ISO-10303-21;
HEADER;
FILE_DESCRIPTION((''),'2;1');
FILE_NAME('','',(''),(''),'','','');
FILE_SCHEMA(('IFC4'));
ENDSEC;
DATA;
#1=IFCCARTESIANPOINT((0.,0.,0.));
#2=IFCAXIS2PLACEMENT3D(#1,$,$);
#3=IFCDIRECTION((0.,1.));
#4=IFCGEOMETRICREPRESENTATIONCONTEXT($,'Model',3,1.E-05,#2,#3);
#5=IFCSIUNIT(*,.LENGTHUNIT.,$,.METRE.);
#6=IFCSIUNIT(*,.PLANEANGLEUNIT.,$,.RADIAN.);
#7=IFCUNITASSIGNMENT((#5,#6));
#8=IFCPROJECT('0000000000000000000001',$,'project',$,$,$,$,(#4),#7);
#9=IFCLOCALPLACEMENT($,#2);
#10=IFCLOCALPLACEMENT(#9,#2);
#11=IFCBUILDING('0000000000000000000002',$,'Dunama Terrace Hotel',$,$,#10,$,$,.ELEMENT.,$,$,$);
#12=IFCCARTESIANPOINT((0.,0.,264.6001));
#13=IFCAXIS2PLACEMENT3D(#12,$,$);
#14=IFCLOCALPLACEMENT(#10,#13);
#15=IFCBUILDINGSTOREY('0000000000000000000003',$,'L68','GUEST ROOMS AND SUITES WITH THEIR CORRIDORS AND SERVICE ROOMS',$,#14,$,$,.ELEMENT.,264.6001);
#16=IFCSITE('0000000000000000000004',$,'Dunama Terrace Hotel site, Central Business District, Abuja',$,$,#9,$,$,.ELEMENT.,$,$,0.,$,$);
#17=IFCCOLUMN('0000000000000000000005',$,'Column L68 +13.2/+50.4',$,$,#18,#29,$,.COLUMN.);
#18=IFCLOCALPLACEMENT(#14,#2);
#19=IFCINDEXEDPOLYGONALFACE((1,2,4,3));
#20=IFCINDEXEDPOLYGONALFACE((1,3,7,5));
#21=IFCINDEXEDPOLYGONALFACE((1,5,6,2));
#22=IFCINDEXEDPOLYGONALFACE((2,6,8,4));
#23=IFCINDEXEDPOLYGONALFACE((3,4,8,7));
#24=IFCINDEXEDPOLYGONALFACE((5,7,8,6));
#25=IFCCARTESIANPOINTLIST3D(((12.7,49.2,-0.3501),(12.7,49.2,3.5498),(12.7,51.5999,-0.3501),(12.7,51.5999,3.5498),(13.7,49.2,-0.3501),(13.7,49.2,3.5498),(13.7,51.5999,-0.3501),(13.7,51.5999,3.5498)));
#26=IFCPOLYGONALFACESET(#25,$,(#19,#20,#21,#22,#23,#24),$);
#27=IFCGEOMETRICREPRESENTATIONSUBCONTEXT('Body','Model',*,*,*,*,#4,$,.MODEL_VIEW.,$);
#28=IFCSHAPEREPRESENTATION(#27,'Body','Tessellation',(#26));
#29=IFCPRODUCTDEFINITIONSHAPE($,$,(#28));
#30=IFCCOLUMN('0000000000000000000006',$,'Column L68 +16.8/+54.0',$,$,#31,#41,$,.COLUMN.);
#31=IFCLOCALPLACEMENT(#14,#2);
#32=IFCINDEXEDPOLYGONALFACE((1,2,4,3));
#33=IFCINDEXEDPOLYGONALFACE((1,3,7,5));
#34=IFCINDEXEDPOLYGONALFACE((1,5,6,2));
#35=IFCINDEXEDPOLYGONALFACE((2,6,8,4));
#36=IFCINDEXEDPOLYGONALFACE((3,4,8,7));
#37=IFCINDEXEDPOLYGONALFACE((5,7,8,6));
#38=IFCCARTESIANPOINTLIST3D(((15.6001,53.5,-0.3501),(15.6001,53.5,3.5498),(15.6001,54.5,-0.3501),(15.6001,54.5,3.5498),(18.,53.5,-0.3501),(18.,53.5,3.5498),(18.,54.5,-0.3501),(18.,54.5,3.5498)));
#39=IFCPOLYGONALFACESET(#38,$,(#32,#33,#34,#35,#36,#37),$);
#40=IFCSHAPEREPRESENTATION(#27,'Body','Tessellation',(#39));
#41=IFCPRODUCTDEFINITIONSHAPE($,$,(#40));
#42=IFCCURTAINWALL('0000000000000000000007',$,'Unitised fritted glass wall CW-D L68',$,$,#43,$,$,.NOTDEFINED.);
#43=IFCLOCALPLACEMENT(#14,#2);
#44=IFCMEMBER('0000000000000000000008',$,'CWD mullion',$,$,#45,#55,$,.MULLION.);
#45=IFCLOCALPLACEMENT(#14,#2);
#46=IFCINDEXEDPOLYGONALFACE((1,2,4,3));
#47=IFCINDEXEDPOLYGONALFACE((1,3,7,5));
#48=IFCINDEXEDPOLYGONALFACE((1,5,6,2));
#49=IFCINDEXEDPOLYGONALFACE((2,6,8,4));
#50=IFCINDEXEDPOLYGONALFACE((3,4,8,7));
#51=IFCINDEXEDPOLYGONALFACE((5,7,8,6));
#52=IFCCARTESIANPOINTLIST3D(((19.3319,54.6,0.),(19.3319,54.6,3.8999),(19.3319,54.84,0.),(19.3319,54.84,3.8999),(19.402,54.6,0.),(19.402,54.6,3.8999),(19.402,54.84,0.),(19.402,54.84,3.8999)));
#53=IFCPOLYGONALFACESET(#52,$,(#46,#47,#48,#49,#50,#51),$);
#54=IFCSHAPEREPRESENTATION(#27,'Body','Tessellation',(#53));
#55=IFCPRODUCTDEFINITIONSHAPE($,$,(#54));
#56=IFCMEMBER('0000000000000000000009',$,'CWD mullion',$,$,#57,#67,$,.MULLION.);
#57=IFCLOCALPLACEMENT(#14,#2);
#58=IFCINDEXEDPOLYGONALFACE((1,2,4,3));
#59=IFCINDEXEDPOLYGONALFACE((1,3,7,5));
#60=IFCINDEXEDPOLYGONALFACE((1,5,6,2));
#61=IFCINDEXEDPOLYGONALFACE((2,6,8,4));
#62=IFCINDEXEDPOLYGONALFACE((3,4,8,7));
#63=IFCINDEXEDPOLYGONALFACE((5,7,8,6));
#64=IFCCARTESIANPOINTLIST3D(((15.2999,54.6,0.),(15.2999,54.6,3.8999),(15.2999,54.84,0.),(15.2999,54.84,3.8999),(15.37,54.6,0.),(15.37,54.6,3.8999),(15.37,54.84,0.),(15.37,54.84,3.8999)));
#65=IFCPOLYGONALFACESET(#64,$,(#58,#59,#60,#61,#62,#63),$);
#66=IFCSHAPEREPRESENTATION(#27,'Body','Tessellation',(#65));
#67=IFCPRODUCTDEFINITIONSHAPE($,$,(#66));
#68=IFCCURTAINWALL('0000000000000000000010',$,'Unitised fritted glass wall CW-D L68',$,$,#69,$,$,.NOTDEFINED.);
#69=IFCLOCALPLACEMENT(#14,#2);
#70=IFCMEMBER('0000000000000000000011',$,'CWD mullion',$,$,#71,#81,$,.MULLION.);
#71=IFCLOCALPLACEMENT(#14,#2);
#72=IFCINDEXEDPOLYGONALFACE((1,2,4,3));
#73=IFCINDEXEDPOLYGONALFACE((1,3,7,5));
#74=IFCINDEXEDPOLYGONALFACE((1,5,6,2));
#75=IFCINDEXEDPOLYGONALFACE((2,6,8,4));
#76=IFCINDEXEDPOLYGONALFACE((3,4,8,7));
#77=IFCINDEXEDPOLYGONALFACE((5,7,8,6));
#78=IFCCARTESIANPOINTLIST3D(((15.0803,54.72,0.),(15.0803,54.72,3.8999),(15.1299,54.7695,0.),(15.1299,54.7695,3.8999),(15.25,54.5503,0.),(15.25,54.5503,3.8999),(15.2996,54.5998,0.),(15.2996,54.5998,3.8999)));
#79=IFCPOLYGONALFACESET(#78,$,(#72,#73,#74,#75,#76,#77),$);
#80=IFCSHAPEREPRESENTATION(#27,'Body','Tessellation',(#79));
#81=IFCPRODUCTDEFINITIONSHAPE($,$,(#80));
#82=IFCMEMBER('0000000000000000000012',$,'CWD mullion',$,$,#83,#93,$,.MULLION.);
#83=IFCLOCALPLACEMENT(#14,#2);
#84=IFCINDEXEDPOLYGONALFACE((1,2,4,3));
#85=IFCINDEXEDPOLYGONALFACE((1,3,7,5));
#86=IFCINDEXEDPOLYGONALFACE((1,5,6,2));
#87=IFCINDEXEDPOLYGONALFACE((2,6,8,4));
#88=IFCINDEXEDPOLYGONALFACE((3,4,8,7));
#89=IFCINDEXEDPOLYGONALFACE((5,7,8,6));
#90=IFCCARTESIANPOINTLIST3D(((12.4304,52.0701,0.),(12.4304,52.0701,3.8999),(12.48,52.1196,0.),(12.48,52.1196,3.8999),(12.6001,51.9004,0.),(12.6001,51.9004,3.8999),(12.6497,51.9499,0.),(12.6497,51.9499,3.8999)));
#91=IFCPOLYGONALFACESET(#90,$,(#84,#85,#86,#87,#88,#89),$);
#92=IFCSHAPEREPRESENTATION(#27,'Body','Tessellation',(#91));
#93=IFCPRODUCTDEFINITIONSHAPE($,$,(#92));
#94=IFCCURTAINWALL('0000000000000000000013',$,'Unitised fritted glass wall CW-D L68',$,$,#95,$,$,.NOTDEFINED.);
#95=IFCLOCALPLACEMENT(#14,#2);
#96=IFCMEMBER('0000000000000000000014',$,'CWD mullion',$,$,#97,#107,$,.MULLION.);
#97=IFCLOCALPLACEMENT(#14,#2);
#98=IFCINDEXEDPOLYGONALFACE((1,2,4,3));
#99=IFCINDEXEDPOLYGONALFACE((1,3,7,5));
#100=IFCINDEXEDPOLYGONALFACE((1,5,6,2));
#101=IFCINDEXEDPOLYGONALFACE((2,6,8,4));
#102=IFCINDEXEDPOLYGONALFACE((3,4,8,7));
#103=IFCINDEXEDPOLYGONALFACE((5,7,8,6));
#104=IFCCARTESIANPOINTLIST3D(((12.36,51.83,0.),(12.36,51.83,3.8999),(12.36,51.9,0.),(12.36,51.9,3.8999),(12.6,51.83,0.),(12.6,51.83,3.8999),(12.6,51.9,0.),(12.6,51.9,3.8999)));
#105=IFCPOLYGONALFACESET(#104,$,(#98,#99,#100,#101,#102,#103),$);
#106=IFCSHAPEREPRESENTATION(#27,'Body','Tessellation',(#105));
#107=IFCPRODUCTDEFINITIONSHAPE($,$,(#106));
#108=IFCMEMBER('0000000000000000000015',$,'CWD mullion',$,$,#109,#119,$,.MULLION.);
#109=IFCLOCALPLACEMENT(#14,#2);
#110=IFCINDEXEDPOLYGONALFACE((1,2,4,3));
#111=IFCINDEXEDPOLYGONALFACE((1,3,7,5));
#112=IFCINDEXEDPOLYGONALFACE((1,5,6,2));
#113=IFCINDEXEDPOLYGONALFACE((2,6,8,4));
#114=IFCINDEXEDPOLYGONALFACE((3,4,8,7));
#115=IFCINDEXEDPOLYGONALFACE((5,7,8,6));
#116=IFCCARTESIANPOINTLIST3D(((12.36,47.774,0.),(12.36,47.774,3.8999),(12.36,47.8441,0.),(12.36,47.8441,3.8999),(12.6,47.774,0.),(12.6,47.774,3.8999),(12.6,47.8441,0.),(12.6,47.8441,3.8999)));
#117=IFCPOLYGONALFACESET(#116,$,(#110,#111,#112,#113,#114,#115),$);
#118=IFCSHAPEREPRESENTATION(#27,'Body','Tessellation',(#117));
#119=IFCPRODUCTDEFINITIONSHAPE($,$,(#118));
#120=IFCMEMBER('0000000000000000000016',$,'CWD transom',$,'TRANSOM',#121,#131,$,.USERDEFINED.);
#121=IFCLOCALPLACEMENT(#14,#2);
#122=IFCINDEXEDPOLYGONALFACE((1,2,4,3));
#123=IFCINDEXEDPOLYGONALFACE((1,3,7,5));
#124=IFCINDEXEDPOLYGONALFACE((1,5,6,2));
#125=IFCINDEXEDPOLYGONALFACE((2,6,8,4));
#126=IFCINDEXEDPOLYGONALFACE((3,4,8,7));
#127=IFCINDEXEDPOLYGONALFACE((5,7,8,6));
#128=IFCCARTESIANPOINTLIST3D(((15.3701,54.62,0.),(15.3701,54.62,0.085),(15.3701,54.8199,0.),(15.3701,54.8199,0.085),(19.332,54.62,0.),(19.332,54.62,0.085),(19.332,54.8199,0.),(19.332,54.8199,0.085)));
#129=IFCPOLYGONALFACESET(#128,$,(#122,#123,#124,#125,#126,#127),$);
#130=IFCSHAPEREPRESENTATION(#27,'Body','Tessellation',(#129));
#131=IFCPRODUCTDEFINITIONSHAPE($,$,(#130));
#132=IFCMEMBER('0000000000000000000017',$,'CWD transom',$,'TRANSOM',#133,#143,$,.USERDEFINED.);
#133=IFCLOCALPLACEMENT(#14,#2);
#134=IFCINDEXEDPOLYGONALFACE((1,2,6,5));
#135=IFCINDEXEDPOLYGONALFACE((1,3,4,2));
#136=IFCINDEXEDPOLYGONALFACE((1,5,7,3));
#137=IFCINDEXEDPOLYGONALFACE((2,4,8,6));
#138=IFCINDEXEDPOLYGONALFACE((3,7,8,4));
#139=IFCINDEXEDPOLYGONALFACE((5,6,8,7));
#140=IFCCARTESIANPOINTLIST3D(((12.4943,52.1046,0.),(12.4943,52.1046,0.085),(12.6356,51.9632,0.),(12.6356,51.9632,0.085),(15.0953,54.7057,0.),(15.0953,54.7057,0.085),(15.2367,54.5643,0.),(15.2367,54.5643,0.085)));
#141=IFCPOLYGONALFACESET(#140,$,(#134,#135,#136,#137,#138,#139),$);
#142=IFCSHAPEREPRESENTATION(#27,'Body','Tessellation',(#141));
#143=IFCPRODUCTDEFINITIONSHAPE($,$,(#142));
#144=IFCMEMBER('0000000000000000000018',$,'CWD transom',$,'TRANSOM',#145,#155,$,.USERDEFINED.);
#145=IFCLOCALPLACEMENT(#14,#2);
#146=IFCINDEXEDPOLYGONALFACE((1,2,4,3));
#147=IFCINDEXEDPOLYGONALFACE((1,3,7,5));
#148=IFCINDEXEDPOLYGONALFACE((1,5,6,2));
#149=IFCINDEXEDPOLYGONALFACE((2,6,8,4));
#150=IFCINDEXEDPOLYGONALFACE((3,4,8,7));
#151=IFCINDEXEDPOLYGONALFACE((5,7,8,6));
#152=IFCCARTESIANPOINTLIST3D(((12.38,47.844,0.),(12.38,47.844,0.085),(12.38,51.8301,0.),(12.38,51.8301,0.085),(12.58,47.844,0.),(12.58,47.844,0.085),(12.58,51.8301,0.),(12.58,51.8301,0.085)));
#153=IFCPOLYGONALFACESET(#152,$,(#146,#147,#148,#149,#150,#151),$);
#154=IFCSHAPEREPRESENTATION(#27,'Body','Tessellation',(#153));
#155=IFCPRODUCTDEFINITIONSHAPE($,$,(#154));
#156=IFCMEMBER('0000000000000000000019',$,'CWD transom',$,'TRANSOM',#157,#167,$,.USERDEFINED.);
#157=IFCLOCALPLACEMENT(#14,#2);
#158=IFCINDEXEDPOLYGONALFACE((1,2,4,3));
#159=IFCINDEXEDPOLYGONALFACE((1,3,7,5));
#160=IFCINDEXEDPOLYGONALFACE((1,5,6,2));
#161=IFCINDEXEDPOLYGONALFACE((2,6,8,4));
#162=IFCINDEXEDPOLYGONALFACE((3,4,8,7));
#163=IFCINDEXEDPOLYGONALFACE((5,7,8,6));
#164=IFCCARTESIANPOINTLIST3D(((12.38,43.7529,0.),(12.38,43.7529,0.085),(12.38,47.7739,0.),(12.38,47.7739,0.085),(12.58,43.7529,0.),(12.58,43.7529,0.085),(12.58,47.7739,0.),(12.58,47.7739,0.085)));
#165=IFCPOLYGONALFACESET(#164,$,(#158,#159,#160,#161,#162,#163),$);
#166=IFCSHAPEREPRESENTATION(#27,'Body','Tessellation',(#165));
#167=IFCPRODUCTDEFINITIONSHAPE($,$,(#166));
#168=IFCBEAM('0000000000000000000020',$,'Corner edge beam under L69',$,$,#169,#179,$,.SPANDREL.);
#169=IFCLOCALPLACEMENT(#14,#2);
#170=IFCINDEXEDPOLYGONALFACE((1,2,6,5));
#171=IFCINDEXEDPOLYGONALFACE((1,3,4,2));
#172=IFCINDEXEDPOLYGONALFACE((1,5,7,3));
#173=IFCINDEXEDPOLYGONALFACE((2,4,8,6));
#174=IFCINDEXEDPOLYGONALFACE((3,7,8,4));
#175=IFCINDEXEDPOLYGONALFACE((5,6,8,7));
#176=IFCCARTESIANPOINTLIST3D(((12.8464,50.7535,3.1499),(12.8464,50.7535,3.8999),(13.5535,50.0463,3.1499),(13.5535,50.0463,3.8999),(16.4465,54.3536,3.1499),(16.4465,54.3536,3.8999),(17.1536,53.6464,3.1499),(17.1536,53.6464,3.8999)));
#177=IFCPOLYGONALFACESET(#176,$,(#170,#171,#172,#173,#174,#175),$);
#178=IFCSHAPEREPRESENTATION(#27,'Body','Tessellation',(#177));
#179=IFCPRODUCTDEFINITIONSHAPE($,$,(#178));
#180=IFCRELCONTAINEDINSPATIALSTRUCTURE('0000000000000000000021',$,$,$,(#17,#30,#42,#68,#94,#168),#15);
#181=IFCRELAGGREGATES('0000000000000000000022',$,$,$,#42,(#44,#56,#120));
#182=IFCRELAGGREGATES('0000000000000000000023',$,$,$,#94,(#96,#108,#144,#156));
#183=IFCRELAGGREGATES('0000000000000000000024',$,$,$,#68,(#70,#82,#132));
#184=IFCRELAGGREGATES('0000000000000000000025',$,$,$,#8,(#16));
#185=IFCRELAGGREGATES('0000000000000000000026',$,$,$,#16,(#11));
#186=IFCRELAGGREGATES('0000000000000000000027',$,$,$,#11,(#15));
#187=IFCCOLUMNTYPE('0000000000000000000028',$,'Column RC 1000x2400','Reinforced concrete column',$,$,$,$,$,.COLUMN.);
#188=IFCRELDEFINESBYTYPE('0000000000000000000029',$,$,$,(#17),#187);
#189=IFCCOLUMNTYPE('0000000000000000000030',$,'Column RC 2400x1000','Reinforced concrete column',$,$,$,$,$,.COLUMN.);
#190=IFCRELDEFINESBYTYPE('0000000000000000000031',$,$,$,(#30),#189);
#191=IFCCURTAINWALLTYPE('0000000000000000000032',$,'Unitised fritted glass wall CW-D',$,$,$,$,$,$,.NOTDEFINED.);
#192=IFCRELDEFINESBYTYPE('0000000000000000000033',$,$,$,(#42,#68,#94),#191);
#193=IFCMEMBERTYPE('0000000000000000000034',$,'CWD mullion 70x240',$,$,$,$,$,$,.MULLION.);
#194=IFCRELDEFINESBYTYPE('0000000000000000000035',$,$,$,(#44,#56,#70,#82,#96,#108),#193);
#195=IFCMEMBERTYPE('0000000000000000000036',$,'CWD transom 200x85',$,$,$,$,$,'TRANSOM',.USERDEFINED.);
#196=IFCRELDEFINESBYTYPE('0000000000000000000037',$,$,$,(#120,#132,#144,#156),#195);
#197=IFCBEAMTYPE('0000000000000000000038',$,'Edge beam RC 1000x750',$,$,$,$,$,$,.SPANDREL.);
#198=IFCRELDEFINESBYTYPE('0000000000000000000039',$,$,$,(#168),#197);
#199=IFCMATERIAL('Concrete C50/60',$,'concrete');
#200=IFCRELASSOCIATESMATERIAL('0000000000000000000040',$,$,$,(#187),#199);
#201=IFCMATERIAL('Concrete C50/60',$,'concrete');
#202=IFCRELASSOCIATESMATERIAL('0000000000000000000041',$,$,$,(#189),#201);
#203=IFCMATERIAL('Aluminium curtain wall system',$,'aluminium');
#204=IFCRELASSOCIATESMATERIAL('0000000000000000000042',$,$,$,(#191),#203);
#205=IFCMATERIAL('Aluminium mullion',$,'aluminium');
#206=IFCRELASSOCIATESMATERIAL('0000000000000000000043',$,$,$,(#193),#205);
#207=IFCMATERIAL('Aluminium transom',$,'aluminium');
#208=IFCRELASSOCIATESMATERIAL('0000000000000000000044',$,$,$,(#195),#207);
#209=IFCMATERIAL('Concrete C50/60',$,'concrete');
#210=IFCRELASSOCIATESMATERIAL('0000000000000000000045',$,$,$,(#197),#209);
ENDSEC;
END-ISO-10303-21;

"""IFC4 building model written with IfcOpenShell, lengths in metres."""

from ifc_helpers import new_model, si_unit, direction, frame, origin, origin_2d, place, context, subcontext, project, spatial, rectangle, extrude, material, material_profile, profile_set, type_object, element, aggregate, save


model = new_model("IFC4")

# Units and contexts
model_context = context("Model", 3, precision=1e-05, world=origin(), true_north=direction((0.0, 1.0)))
body_context = subcontext(model_context, "Body", "Model", "MODEL_VIEW")
ifc_project = project(units=[si_unit("LENGTHUNIT", "METRE"), si_unit("PLANEANGLEUNIT", "RADIAN")], contexts=[model_context])

# Site, building, storey
site_placement = place(None, origin())
site = spatial("IfcSite", under=ifc_project, at=site_placement, Name="Dunama Terrace Hotel site, Central Business District, Abuja", CompositionType="ELEMENT", RefElevation=0.0)
building_placement = place(site_placement, origin())
building = spatial("IfcBuilding", under=site, at=building_placement, Name="Dunama Terrace Hotel", CompositionType="ELEMENT")
storey_placement = place(building_placement, frame((0.0, 0.0, 264.6001)))
storey = spatial("IfcBuildingStorey", under=building, at=storey_placement, Name="L68", Description="GUEST ROOMS AND SUITES WITH THEIR CORRIDORS AND SERVICE ROOMS", CompositionType="ELEMENT", Elevation=264.6001)

# Columns
ifc_material_1 = material(Name="Concrete C50/60", Category="concrete")
ifc_material_profile_1 = material_profile(ifc_material_1, rectangle(XDim=1.0, YDim=2.3999, at=origin_2d()), Name="RC 1000x2400")
ifc_profile_set_1 = profile_set([ifc_material_profile_1], Name="Concrete C50/60")
column_type_1 = type_object("IfcColumnType", Name="Column RC 1000x2400", Description="Reinforced concrete column", PredefinedType="COLUMN", material=ifc_profile_set_1)
column_1_placement = place(storey_placement, frame((13.2, 50.3999, -0.3501), z_axis=(0.0, 0.0, 1.0), x_axis=(1.0, 0.0, 0.0)))
element("IfcColumn", 1, at=column_1_placement, inside=storey, type_object=column_type_1, Name="Column L68 +13.2/+50.4", PredefinedType="COLUMN", context=body_context, shape_type="SweptSolid", body=[
    extrude(rectangle(XDim=1.0, YDim=2.3999, at=origin_2d()), origin(), (0.0, 0.0, 1.0), 3.8999),
])
ifc_material_2 = material(Name="Concrete C50/60", Category="concrete")
ifc_material_profile_2 = material_profile(ifc_material_2, rectangle(XDim=2.3999, YDim=1.0, at=origin_2d()), Name="RC 2400x1000")
ifc_profile_set_2 = profile_set([ifc_material_profile_2], Name="Concrete C50/60")
column_type_2 = type_object("IfcColumnType", Name="Column RC 2400x1000", Description="Reinforced concrete column", PredefinedType="COLUMN", material=ifc_profile_set_2)
column_2_placement = place(storey_placement, frame((16.8, 54.0, -0.3501), z_axis=(0.0, 0.0, 1.0), x_axis=(1.0, 0.0, 0.0)))
element("IfcColumn", 2, at=column_2_placement, inside=storey, type_object=column_type_2, Name="Column L68 +16.8/+54.0", PredefinedType="COLUMN", context=body_context, shape_type="SweptSolid", body=[
    extrude(rectangle(XDim=2.3999, YDim=1.0, at=origin_2d()), origin(), (0.0, 0.0, 1.0), 3.8999),
])

# Curtain walls, members
ifc_material_3 = material(Name="Aluminium curtain wall system", Category="aluminium")
curtain_wall_type = type_object("IfcCurtainWallType", Name="Unitised fritted glass wall CW-D", PredefinedType="NOTDEFINED", material=ifc_material_3)
curtain_wall_1_placement = place(storey_placement, origin())
curtain_wall_1 = element("IfcCurtainWall", 3, at=curtain_wall_1_placement, inside=storey, type_object=curtain_wall_type, Name="Unitised fritted glass wall CW-D L68", PredefinedType="NOTDEFINED")
ifc_material_4 = material(Name="Aluminium mullion", Category="aluminium")
ifc_material_profile_3 = material_profile(ifc_material_4, rectangle(XDim=0.0701, YDim=0.24, at=origin_2d()), Name="CWD MULLION 70X240")
ifc_profile_set_3 = profile_set([ifc_material_profile_3], Name="Aluminium mullion")
member_type_1 = type_object("IfcMemberType", Name="CWD mullion 70x240", PredefinedType="MULLION", material=ifc_profile_set_3)
member_1_placement = place(storey_placement, frame((19.3669, 54.72, 0.0), z_axis=(0.0, 0.0, 1.0), x_axis=(-1.0, 0.0, 0.0)))
member_1 = element("IfcMember", 4, at=member_1_placement, type_object=member_type_1, Name="CWD mullion", PredefinedType="MULLION", context=body_context, shape_type="SweptSolid", body=[
    extrude(rectangle(XDim=0.0701, YDim=0.24, at=origin_2d()), origin(), (0.0, 0.0, 1.0), 3.8999),
])
member_2_placement = place(storey_placement, frame((15.335, 54.72, 0.0), z_axis=(0.0, 0.0, 1.0), x_axis=(-1.0, 0.0, 0.0)))
member_2 = element("IfcMember", 5, at=member_2_placement, type_object=member_type_1, Name="CWD mullion", PredefinedType="MULLION", context=body_context, shape_type="SweptSolid", body=[
    extrude(rectangle(XDim=0.0701, YDim=0.24, at=origin_2d()), origin(), (0.0, 0.0, 1.0), 3.8999),
])
curtain_wall_2_placement = place(storey_placement, origin())
curtain_wall_2 = element("IfcCurtainWall", 6, at=curtain_wall_2_placement, inside=storey, type_object=curtain_wall_type, Name="Unitised fritted glass wall CW-D L68", PredefinedType="NOTDEFINED")
member_3_placement = place(storey_placement, frame((15.1899, 54.6599, 0.0), z_axis=(0.0, 0.0, 1.0), x_axis=(-0.707107, -0.707107, 0.0)))
member_3 = element("IfcMember", 7, at=member_3_placement, type_object=member_type_1, Name="CWD mullion", PredefinedType="MULLION", context=body_context, shape_type="SweptSolid", body=[
    extrude(rectangle(XDim=0.0701, YDim=0.24, at=origin_2d()), origin(), (0.0, 0.0, 1.0), 3.8999),
])
member_4_placement = place(storey_placement, frame((12.54, 52.01, 0.0), z_axis=(0.0, 0.0, 1.0), x_axis=(-0.707107, -0.707107, 0.0)))
member_4 = element("IfcMember", 8, at=member_4_placement, type_object=member_type_1, Name="CWD mullion", PredefinedType="MULLION", context=body_context, shape_type="SweptSolid", body=[
    extrude(rectangle(XDim=0.0701, YDim=0.24, at=origin_2d()), origin(), (0.0, 0.0, 1.0), 3.8999),
])
curtain_wall_3_placement = place(storey_placement, origin())
curtain_wall_3 = element("IfcCurtainWall", 9, at=curtain_wall_3_placement, inside=storey, type_object=curtain_wall_type, Name="Unitised fritted glass wall CW-D L68", PredefinedType="NOTDEFINED")
member_5_placement = place(storey_placement, frame((12.48, 51.865, 0.0), z_axis=(0.0, 0.0, 1.0), x_axis=(0.0, -1.0, 0.0)))
member_5 = element("IfcMember", 10, at=member_5_placement, type_object=member_type_1, Name="CWD mullion", PredefinedType="MULLION", context=body_context, shape_type="SweptSolid", body=[
    extrude(rectangle(XDim=0.0701, YDim=0.24, at=origin_2d()), origin(), (0.0, 0.0, 1.0), 3.8999),
])
member_6_placement = place(storey_placement, frame((12.48, 47.8091, 0.0), z_axis=(0.0, 0.0, 1.0), x_axis=(0.0, -1.0, 0.0)))
member_6 = element("IfcMember", 11, at=member_6_placement, type_object=member_type_1, Name="CWD mullion", PredefinedType="MULLION", context=body_context, shape_type="SweptSolid", body=[
    extrude(rectangle(XDim=0.0701, YDim=0.24, at=origin_2d()), origin(), (0.0, 0.0, 1.0), 3.8999),
])

# Members
ifc_material_5 = material(Name="Aluminium transom", Category="aluminium")
ifc_material_profile_4 = material_profile(ifc_material_5, rectangle(XDim=0.2, YDim=0.085, at=origin_2d()), Name="CWD TRANSOM 200X85")
ifc_profile_set_4 = profile_set([ifc_material_profile_4], Name="Aluminium transom")
member_type_2 = type_object("IfcMemberType", Name="CWD transom 200x85", ElementType="TRANSOM", PredefinedType="USERDEFINED", material=ifc_profile_set_4)
member_7_placement = place(storey_placement, frame((19.332, 54.72, 0.0425), z_axis=(-1.0, 0.0, 0.0), x_axis=(0.0, -1.0, 0.0)))
member_7 = element("IfcMember", 12, at=member_7_placement, type_object=member_type_2, Name="CWD transom", ObjectType="TRANSOM", PredefinedType="USERDEFINED", context=body_context, shape_type="SweptSolid", body=[
    extrude(rectangle(XDim=0.2, YDim=0.085, at=origin_2d()), origin(), (0.0, 0.0, 1.0), 3.9619),
])
member_8_placement = place(storey_placement, frame((15.166, 54.635, 0.0425), z_axis=(-0.707107, -0.707107, 0.0), x_axis=(0.707107, -0.707107, 0.0)))
member_8 = element("IfcMember", 13, at=member_8_placement, type_object=member_type_2, Name="CWD transom", ObjectType="TRANSOM", PredefinedType="USERDEFINED", context=body_context, shape_type="SweptSolid", body=[
    extrude(rectangle(XDim=0.2, YDim=0.085, at=origin_2d()), origin(), (0.0, 0.0, 1.0), 3.6785),
])
member_9_placement = place(storey_placement, frame((12.48, 51.8301, 0.0425), z_axis=(0.0, -1.0, 0.0), x_axis=(1.0, 0.0, 0.0)))
member_9 = element("IfcMember", 14, at=member_9_placement, type_object=member_type_2, Name="CWD transom", ObjectType="TRANSOM", PredefinedType="USERDEFINED", context=body_context, shape_type="SweptSolid", body=[
    extrude(rectangle(XDim=0.2, YDim=0.085, at=origin_2d()), origin(), (0.0, 0.0, 1.0), 3.9861),
])
member_10_placement = place(storey_placement, frame((12.48, 47.7739, 0.0425), z_axis=(0.0, -1.0, 0.0), x_axis=(1.0, 0.0, 0.0)))
member_10 = element("IfcMember", 15, at=member_10_placement, type_object=member_type_2, Name="CWD transom", ObjectType="TRANSOM", PredefinedType="USERDEFINED", context=body_context, shape_type="SweptSolid", body=[
    extrude(rectangle(XDim=0.2, YDim=0.085, at=origin_2d()), origin(), (0.0, 0.0, 1.0), 4.021),
])

# Beam
ifc_material_6 = material(Name="Concrete C50/60", Category="concrete")
ifc_material_profile_5 = material_profile(ifc_material_6, rectangle(XDim=1.0, YDim=0.75, at=origin_2d()), Name="RC 1000x750")
ifc_profile_set_5 = profile_set([ifc_material_profile_5], Name="Concrete C50/60")
beam_type_1 = type_object("IfcBeamType", Name="Edge beam RC 1000x750", PredefinedType="SPANDREL", material=ifc_profile_set_5)
beam_1_placement = place(storey_placement, frame((16.8, 54.0, 3.5249), z_axis=(-0.707107, -0.707107, 0.0), x_axis=(0.707107, -0.707107, 0.0)))
element("IfcBeam", 16, at=beam_1_placement, inside=storey, type_object=beam_type_1, Name="Corner edge beam under L69", PredefinedType="SPANDREL", context=body_context, shape_type="SweptSolid", body=[
    extrude(rectangle(XDim=1.0, YDim=0.75, at=origin_2d()), origin(), (0.0, 0.0, 1.0), 5.0913),
])

aggregate(curtain_wall_1, [member_1, member_2, member_7])
aggregate(curtain_wall_3, [member_5, member_6, member_9, member_10])
aggregate(curtain_wall_2, [member_3, member_4, member_8])

save(model, "model.ifc")
